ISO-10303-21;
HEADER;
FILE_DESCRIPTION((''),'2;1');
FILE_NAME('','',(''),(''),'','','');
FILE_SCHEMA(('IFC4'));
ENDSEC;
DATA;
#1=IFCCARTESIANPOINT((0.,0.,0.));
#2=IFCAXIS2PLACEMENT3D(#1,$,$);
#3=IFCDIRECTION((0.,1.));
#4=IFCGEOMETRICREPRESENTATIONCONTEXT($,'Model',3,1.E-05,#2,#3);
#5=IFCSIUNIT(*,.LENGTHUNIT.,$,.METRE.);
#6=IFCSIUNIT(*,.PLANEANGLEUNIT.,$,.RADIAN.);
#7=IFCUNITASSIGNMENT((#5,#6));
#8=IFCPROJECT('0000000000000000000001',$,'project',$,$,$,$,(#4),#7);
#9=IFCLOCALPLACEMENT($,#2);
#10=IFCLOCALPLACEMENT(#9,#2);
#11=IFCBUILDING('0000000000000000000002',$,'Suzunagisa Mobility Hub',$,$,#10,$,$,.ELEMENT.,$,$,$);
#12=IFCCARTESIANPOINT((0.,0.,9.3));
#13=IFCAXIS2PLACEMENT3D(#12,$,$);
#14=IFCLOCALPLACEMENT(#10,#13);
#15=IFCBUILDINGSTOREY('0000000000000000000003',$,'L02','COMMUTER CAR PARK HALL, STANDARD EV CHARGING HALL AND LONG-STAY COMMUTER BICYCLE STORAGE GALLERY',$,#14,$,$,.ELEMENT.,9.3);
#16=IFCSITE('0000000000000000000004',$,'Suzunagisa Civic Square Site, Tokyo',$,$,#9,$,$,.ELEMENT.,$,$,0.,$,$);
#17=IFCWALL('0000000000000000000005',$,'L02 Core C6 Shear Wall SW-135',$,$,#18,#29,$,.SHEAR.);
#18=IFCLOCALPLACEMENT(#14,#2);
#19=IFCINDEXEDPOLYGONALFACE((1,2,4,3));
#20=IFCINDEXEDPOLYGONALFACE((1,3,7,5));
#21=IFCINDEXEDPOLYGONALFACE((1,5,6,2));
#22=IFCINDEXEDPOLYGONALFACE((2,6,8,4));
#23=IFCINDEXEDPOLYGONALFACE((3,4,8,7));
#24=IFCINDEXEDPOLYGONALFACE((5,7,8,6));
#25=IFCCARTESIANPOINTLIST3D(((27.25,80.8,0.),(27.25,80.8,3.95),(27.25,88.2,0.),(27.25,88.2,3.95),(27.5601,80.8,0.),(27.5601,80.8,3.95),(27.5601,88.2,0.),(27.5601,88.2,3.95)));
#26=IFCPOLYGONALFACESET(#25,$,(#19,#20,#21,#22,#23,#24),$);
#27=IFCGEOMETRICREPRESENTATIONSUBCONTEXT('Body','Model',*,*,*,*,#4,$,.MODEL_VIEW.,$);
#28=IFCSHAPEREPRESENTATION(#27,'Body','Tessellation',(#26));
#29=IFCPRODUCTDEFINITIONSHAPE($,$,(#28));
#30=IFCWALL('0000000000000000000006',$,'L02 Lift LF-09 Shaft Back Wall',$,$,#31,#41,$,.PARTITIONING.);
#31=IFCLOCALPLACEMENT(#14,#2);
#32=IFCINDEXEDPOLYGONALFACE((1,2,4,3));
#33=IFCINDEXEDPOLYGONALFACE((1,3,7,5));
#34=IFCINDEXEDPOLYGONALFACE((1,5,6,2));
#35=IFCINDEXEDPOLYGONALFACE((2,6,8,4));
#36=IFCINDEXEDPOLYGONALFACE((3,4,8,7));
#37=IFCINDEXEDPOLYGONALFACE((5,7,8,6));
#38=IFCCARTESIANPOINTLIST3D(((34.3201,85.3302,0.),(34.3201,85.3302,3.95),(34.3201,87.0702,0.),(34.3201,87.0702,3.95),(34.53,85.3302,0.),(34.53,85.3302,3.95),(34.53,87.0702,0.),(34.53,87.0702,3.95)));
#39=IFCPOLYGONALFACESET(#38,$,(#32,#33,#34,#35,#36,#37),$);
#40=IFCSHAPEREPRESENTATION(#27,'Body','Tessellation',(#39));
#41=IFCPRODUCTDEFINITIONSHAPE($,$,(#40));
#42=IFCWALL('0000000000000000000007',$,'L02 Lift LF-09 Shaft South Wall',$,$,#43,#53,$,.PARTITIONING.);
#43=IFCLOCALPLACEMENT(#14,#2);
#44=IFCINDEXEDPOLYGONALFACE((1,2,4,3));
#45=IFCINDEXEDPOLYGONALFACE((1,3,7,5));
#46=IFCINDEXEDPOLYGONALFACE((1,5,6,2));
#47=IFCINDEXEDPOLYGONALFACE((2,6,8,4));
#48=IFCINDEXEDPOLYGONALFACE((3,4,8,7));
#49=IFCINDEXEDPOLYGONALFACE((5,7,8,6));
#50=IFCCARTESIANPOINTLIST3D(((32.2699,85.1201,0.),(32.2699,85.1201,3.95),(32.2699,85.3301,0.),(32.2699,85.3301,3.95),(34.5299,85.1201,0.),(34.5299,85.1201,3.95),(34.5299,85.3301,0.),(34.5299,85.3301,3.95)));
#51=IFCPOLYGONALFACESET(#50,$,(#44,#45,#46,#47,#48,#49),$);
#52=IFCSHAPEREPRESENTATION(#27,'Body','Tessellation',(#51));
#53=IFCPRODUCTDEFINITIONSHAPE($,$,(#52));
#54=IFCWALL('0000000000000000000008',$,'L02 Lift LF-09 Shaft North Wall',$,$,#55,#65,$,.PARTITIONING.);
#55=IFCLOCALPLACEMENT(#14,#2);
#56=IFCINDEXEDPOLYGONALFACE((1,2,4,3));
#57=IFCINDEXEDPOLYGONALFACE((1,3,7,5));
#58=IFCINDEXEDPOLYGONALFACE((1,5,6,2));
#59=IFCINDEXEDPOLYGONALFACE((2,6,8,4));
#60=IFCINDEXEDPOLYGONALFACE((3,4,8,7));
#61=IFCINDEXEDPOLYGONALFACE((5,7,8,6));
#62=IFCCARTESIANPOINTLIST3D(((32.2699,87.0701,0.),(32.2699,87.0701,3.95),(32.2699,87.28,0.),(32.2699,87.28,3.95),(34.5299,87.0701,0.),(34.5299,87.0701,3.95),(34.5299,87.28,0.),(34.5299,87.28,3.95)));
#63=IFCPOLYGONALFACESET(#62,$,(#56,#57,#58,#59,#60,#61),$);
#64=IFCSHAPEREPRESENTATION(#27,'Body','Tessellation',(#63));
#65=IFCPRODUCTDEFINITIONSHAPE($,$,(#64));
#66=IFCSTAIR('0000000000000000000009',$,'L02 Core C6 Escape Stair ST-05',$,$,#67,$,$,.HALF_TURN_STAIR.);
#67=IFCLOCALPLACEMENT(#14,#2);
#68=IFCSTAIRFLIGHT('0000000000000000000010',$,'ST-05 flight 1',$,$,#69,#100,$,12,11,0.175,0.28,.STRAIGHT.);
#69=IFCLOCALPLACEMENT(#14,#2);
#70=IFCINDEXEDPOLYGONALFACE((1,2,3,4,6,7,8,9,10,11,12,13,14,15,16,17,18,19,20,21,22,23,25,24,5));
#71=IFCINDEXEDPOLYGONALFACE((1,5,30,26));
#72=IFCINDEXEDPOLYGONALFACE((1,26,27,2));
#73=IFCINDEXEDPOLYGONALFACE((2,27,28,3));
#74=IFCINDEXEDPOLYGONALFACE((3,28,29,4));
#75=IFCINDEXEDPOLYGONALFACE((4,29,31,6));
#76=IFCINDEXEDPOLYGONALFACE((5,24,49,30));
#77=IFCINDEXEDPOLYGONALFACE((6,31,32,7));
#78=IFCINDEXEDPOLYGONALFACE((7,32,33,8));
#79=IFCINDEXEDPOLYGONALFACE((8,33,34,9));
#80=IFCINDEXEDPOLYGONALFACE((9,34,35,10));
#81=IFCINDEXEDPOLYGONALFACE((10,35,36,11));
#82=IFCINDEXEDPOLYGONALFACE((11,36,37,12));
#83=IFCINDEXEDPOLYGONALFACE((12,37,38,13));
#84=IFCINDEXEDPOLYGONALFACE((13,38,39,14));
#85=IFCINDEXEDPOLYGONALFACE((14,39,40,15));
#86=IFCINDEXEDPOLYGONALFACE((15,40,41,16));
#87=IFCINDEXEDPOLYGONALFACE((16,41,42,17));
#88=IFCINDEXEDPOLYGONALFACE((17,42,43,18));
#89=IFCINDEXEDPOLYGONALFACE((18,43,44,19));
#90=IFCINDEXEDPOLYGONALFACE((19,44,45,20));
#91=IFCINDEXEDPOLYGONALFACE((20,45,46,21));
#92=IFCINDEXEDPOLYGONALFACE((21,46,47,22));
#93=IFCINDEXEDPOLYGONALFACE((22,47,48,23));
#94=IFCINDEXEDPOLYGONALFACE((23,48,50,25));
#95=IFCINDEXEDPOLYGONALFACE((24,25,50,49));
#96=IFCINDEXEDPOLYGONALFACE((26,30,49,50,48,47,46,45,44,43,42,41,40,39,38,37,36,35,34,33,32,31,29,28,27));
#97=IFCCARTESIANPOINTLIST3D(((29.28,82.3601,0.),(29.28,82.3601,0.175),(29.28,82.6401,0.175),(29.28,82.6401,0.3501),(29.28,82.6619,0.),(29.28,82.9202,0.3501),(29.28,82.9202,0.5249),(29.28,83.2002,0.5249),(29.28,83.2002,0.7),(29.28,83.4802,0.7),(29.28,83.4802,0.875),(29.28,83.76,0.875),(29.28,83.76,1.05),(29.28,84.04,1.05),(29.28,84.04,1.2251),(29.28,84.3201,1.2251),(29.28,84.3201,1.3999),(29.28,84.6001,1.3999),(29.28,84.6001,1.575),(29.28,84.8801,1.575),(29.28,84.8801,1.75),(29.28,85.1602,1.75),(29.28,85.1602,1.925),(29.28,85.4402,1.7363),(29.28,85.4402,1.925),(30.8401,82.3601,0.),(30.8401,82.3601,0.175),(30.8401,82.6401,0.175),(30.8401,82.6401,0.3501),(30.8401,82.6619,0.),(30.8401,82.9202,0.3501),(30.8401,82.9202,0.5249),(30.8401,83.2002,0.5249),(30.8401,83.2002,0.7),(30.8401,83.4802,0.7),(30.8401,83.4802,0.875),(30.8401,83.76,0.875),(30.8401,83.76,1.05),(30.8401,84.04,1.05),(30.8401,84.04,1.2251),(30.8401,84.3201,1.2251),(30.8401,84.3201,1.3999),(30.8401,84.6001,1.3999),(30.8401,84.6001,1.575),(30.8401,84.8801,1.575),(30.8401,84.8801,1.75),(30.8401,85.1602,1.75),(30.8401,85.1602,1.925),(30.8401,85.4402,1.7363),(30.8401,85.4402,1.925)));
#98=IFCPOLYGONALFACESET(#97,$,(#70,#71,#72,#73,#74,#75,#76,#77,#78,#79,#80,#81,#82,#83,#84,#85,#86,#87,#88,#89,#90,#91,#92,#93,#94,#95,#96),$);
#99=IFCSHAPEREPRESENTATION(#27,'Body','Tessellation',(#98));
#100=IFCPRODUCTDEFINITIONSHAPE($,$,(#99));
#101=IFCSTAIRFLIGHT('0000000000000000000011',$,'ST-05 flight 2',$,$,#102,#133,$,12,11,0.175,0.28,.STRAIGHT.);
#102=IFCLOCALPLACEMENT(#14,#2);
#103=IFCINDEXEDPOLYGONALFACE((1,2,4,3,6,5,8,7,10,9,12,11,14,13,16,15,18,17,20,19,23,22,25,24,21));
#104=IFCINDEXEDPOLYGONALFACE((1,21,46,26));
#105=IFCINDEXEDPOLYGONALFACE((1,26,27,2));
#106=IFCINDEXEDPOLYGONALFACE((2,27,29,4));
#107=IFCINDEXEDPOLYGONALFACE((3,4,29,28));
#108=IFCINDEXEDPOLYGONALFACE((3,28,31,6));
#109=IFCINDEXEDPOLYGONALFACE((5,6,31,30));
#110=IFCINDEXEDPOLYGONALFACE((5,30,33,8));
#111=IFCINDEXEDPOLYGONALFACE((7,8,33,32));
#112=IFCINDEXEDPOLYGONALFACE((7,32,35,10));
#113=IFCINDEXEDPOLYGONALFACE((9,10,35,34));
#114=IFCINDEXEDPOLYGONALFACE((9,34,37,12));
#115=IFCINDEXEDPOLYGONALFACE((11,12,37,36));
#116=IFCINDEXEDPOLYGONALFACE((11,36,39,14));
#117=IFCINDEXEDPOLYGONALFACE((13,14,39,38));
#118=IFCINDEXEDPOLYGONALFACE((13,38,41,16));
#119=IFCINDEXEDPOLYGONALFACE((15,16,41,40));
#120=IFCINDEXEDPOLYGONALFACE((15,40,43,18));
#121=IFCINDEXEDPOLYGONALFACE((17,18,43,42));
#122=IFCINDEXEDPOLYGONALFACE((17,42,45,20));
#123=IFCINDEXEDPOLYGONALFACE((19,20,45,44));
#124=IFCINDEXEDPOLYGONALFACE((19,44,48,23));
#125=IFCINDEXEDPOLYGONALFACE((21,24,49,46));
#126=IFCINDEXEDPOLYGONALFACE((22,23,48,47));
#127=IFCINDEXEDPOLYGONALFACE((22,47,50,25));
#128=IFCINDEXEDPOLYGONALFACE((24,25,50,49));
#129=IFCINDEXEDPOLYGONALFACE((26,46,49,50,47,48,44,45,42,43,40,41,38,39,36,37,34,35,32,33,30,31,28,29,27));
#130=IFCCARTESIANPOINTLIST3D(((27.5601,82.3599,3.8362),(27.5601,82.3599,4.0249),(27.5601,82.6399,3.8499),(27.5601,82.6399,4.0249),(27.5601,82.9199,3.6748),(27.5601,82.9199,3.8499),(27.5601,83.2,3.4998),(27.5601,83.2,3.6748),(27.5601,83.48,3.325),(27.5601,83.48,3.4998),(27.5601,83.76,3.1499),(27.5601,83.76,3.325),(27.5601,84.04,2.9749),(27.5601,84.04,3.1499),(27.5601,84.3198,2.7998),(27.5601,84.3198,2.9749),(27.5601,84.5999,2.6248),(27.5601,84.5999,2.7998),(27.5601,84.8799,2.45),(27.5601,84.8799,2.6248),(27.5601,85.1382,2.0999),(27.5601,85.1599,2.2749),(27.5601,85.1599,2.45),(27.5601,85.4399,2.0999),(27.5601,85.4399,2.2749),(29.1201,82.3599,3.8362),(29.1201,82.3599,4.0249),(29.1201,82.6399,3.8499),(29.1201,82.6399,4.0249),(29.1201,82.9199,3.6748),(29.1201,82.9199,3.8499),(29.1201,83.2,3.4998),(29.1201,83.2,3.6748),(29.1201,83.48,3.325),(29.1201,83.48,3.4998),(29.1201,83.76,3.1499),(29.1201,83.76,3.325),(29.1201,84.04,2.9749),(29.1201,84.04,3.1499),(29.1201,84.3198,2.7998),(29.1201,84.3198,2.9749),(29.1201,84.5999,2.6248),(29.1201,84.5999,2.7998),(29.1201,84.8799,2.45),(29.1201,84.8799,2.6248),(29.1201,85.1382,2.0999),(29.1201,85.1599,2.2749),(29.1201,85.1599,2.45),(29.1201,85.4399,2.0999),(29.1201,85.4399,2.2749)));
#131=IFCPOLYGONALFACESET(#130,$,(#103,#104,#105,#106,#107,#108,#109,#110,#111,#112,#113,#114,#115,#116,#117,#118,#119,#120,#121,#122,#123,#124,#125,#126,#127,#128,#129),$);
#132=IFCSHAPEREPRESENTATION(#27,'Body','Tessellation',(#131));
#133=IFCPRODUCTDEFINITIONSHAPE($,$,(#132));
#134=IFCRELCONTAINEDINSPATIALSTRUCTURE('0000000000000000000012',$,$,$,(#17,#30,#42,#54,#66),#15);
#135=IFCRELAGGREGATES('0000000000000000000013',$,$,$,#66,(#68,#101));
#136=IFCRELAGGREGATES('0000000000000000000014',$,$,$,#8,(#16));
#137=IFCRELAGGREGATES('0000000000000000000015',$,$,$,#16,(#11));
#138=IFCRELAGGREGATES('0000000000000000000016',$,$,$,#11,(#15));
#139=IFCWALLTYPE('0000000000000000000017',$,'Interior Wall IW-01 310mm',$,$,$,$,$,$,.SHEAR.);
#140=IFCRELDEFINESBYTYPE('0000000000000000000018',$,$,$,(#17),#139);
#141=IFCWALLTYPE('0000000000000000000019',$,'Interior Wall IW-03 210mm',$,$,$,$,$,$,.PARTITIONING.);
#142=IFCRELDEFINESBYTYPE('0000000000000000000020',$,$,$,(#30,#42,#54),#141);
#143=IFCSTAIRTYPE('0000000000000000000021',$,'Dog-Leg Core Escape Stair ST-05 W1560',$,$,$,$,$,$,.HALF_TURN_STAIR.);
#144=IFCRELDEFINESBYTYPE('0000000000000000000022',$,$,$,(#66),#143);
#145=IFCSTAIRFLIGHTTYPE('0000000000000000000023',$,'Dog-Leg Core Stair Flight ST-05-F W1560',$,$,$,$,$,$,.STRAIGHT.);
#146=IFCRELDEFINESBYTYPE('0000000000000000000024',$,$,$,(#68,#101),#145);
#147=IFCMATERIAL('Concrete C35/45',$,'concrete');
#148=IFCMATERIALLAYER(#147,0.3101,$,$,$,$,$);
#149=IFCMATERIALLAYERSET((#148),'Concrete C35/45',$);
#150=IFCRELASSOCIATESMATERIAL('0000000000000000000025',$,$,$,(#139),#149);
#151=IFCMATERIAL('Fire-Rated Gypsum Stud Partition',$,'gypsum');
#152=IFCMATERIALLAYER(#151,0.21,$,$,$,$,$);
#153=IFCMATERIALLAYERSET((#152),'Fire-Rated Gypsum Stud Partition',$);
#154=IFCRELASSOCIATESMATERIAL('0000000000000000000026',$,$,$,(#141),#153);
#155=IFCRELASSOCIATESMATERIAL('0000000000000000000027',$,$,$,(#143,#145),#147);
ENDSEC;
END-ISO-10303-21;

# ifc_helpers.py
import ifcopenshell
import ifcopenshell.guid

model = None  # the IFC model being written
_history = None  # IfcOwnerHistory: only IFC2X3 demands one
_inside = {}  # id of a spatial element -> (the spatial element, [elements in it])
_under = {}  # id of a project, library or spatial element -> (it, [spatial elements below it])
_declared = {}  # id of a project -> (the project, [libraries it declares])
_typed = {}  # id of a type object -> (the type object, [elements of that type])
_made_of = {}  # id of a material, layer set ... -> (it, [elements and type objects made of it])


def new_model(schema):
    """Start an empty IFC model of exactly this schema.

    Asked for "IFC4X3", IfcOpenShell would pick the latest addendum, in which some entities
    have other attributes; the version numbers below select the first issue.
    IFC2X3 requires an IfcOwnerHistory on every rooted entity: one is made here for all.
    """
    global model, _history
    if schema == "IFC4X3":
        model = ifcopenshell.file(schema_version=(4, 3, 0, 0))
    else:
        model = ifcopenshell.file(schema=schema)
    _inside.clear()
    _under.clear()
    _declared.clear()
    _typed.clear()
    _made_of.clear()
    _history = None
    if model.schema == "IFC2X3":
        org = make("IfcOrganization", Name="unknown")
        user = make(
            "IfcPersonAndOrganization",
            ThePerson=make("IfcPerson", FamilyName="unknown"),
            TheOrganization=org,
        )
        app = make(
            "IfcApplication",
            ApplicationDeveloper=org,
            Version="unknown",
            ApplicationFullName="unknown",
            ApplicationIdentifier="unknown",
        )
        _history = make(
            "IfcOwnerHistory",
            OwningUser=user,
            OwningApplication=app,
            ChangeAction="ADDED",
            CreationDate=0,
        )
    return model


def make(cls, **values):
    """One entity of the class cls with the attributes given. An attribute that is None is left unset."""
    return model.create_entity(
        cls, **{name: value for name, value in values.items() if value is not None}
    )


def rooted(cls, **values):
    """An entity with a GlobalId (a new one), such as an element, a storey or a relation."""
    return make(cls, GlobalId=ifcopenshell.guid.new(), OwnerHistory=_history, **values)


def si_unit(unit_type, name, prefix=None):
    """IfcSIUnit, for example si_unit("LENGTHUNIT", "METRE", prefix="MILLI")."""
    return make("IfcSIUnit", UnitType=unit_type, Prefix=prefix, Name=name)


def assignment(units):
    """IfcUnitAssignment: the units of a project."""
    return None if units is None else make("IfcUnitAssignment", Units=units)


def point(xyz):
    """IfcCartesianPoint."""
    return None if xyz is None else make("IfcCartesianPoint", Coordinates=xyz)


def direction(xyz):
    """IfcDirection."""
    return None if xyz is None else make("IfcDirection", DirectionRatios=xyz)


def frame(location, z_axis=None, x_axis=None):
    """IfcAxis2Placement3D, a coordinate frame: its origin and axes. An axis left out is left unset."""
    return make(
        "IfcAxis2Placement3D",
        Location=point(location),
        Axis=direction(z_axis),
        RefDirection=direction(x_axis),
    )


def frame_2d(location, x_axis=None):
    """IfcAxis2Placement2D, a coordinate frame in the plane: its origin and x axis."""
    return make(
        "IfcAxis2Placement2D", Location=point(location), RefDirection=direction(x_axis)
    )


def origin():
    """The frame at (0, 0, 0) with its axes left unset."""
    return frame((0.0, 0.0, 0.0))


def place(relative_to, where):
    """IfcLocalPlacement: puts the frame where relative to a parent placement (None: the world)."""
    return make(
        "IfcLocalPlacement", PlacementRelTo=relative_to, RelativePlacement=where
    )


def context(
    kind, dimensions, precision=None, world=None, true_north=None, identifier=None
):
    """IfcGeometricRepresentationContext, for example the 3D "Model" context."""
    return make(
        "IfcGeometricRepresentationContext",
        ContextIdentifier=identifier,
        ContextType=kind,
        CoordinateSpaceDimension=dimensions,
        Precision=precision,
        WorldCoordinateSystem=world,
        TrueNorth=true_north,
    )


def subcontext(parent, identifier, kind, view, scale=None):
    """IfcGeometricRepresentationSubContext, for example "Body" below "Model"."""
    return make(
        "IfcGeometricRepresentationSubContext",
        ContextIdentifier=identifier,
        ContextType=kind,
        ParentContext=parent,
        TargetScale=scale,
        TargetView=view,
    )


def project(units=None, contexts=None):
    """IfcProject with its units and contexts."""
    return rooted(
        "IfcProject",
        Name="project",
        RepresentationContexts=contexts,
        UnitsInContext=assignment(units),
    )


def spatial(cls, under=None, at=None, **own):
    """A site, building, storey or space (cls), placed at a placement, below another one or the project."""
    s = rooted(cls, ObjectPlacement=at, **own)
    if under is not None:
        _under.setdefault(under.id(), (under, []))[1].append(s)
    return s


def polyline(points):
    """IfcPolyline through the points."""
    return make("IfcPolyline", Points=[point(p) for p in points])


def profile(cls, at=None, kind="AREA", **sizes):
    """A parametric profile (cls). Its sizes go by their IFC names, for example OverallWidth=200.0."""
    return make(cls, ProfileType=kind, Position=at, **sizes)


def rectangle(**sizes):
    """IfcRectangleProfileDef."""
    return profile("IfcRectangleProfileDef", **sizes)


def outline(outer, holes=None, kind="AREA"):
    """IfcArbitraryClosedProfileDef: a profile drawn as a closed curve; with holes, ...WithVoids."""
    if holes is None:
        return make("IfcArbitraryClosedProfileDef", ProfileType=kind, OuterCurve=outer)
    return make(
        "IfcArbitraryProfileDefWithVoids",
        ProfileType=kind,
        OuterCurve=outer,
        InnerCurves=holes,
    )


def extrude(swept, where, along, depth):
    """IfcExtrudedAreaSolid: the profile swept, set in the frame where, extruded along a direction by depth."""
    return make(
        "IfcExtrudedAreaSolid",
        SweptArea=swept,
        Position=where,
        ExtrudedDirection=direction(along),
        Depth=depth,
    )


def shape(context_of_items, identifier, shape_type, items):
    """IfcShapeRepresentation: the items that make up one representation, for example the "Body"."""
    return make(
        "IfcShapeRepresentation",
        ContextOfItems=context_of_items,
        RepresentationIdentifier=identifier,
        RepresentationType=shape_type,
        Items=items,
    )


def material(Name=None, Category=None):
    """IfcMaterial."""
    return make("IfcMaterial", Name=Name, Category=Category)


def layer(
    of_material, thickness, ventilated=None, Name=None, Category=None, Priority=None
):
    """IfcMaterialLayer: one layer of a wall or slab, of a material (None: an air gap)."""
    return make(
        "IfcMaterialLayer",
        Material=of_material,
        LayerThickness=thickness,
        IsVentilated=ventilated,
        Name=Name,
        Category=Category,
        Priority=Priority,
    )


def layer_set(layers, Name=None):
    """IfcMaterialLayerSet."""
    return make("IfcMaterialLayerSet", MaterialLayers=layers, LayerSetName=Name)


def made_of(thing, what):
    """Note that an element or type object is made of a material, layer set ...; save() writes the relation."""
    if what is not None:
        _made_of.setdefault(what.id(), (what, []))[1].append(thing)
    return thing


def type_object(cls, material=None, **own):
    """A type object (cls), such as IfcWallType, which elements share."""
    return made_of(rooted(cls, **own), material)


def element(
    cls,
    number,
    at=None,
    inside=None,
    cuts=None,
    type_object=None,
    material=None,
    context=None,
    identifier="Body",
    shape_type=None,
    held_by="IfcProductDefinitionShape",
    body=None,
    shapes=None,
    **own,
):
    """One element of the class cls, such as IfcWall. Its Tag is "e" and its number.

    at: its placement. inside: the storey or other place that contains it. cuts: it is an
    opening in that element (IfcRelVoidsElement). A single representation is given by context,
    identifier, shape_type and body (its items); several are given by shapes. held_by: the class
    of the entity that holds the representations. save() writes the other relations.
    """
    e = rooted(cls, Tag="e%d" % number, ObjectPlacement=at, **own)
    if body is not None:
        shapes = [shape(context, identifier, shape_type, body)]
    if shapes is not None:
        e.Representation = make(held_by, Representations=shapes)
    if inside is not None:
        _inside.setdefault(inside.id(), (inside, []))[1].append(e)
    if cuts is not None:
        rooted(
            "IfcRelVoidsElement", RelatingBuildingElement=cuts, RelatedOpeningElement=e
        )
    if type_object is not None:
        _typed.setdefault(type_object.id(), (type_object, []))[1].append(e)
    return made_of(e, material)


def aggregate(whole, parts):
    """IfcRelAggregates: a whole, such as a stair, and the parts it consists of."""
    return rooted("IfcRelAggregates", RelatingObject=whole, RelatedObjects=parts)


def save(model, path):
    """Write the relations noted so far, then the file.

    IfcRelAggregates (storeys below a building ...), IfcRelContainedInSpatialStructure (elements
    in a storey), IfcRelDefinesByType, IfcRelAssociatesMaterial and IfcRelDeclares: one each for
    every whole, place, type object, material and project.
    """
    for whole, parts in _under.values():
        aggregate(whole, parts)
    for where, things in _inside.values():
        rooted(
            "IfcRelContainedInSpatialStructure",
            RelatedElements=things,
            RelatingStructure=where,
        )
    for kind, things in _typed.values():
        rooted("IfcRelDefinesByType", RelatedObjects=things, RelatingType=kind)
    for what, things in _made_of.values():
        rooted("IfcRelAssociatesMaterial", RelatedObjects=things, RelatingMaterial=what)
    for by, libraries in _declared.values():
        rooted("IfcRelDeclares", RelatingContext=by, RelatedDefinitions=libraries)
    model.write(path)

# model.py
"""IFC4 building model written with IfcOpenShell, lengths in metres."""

from ifc_helpers import new_model, si_unit, direction, frame, frame_2d, origin, place, context, subcontext, project, spatial, polyline, rectangle, outline, extrude, material, layer, layer_set, type_object, element, aggregate, save


model = new_model("IFC4")

# Units and contexts
model_context = context("Model", 3, precision=1e-05, world=origin(), true_north=direction((0.0, 1.0)))
body_context = subcontext(model_context, "Body", "Model", "MODEL_VIEW")
ifc_project = project(units=[si_unit("LENGTHUNIT", "METRE"), si_unit("PLANEANGLEUNIT", "RADIAN")], contexts=[model_context])

# Site, building, storey
site_placement = place(None, origin())
site = spatial("IfcSite", under=ifc_project, at=site_placement, Name="Suzunagisa Civic Square Site, Tokyo", CompositionType="ELEMENT", RefElevation=0.0)
building_placement = place(site_placement, origin())
building = spatial("IfcBuilding", under=site, at=building_placement, Name="Suzunagisa Mobility Hub", CompositionType="ELEMENT")
storey_placement = place(building_placement, frame((0.0, 0.0, 9.3)))
storey = spatial("IfcBuildingStorey", under=building, at=storey_placement, Name="L02", Description="COMMUTER CAR PARK HALL, STANDARD EV CHARGING HALL AND LONG-STAY COMMUTER BICYCLE STORAGE GALLERY", CompositionType="ELEMENT", Elevation=9.3)

# Wall
ifc_material_1 = material(Name="Concrete C35/45", Category="concrete")
ifc_layer_1 = layer(ifc_material_1, 0.3101)
ifc_layer_set_1 = layer_set([ifc_layer_1], Name="Concrete C35/45")
wall_type_1 = type_object("IfcWallType", Name="Interior Wall IW-01 310mm", PredefinedType="SHEAR", material=ifc_layer_set_1)
wall_1_placement = place(storey_placement, frame((27.405, 80.8, 0.0), z_axis=(0.0, 0.0, 1.0), x_axis=(0.0, 1.0, 0.0)))
element("IfcWall", 1, at=wall_1_placement, inside=storey, type_object=wall_type_1, Name="L02 Core C6 Shear Wall SW-135", PredefinedType="SHEAR", context=body_context, shape_type="SweptSolid", body=[
    extrude(rectangle(XDim=7.3999, YDim=0.3101, at=frame_2d((3.7, 0.0))), origin(), (0.0, 0.0, 1.0), 3.95),
])

# Shared definitions
ifc_material_2 = material(Name="Fire-Rated Gypsum Stud Partition", Category="gypsum")
ifc_layer_2 = layer(ifc_material_2, 0.21)
ifc_layer_set_2 = layer_set([ifc_layer_2], Name="Fire-Rated Gypsum Stud Partition")
wall_type_2 = type_object("IfcWallType", Name="Interior Wall IW-03 210mm", PredefinedType="PARTITIONING", material=ifc_layer_set_2)

# Walls
wall_2_placement = place(storey_placement, frame((34.425, 85.3301, 0.0), z_axis=(0.0, 0.0, 1.0), x_axis=(0.0, 1.0, 0.0)))
element("IfcWall", 2, at=wall_2_placement, inside=storey, type_object=wall_type_2, Name="L02 Lift LF-09 Shaft Back Wall", PredefinedType="PARTITIONING", context=body_context, shape_type="SweptSolid", body=[
    extrude(rectangle(XDim=1.74, YDim=0.21, at=frame_2d((0.8701, 0.0))), origin(), (0.0, 0.0, 1.0), 3.95),
])
for number, where, z_axis, x_axis, name in (
    (3, (32.27, 85.2251, 0.0), (0.0, 0.0, 1.0), (1.0, 0.0, 0.0), "L02 Lift LF-09 Shaft South Wall"),
    (4, (32.27, 87.175, 0.0), (0.0, 0.0, 1.0), (1.0, 0.0, 0.0), "L02 Lift LF-09 Shaft North Wall"),
):
    element("IfcWall", number, at=place(storey_placement, frame(where, z_axis=z_axis, x_axis=x_axis)), inside=storey, type_object=wall_type_2, Name=name, PredefinedType="PARTITIONING", context=body_context, shape_type="SweptSolid", body=[
        extrude(rectangle(XDim=2.26, YDim=0.21, at=frame_2d((1.1299, 0.0))), origin(), (0.0, 0.0, 1.0), 3.95),
    ])

# Stair, stair flights
stair_type = type_object("IfcStairType", Name="Dog-Leg Core Escape Stair ST-05 W1560", PredefinedType="HALF_TURN_STAIR", material=ifc_material_1)
stair_placement = place(storey_placement, origin())
stair = element("IfcStair", 5, at=stair_placement, inside=storey, type_object=stair_type, Name="L02 Core C6 Escape Stair ST-05", PredefinedType="HALF_TURN_STAIR")
stair_flight_type = type_object("IfcStairFlightType", Name="Dog-Leg Core Stair Flight ST-05-F W1560", PredefinedType="STRAIGHT", material=ifc_material_1)
stair_flight_1_placement = place(storey_placement, frame((30.0601, 82.3601, 0.0), z_axis=(0.0, 0.0, 1.0), x_axis=(0.0, 1.0, 0.0)))
stair_flight_1 = element("IfcStairFlight", 6, at=stair_flight_1_placement, type_object=stair_flight_type, Name="ST-05 flight 1", NumberOfRisers=12, NumberOfTreads=11, PredefinedType="STRAIGHT", RiserHeight=0.175, TreadLength=0.28, context=body_context, shape_type="SweptSolid", body=[
    extrude(outline(polyline([(0.0, 0.0), (0.0, 0.175), (0.28, 0.175), (0.28, 0.3501), (0.5601, 0.3501), (0.5601, 0.5249), (0.8401, 0.5249), (0.8401, 0.7), (1.1201, 0.7), (1.1201, 0.875), (1.3999, 0.875), (1.3999, 1.05), (1.6799, 1.05), (1.6799, 1.2251), (1.96, 1.2251), (1.96, 1.3999), (2.24, 1.3999), (2.24, 1.575), (2.52, 1.575), (2.52, 1.75), (2.8, 1.75), (2.8, 1.925), (3.0801, 1.925), (3.0801, 2.1001), (3.0801, 1.7363), (0.3018, 0.0), (0.0, 0.0)])), frame((0.0, 0.78, 0.0), z_axis=(0.0, -1.0, 0.0), x_axis=(1.0, 0.0, 0.0)), (0.0, 0.0, 1.0), 1.5601),
])
stair_flight_2_placement = place(storey_placement, frame((28.3401, 85.4399, 2.0999), z_axis=(0.0, 0.0, 1.0), x_axis=(0.0, -1.0, 0.0)))
stair_flight_2 = element("IfcStairFlight", 7, at=stair_flight_2_placement, type_object=stair_flight_type, Name="ST-05 flight 2", NumberOfRisers=12, NumberOfTreads=11, PredefinedType="STRAIGHT", RiserHeight=0.175, TreadLength=0.28, context=body_context, shape_type="SweptSolid", body=[
    extrude(outline(polyline([(0.0, 0.0), (0.0, 0.175), (0.28, 0.175), (0.28, 0.3501), (0.5601, 0.3501), (0.5601, 0.5249), (0.8401, 0.5249), (0.8401, 0.7), (1.1201, 0.7), (1.1201, 0.875), (1.3999, 0.875), (1.3999, 1.05), (1.6799, 1.05), (1.6799, 1.2251), (1.96, 1.2251), (1.96, 1.3999), (2.24, 1.3999), (2.24, 1.575), (2.52, 1.575), (2.52, 1.75), (2.8, 1.75), (2.8, 1.925), (3.0801, 1.925), (3.0801, 2.1001), (3.0801, 1.7363), (0.3018, 0.0), (0.0, 0.0)])), frame((0.0, 0.78, 0.0), z_axis=(0.0, -1.0, 0.0), x_axis=(1.0, 0.0, 0.0)), (0.0, 0.0, 1.0), 1.5601),
])
aggregate(stair, [stair_flight_1, stair_flight_2])

save(model, "model.ifc")
